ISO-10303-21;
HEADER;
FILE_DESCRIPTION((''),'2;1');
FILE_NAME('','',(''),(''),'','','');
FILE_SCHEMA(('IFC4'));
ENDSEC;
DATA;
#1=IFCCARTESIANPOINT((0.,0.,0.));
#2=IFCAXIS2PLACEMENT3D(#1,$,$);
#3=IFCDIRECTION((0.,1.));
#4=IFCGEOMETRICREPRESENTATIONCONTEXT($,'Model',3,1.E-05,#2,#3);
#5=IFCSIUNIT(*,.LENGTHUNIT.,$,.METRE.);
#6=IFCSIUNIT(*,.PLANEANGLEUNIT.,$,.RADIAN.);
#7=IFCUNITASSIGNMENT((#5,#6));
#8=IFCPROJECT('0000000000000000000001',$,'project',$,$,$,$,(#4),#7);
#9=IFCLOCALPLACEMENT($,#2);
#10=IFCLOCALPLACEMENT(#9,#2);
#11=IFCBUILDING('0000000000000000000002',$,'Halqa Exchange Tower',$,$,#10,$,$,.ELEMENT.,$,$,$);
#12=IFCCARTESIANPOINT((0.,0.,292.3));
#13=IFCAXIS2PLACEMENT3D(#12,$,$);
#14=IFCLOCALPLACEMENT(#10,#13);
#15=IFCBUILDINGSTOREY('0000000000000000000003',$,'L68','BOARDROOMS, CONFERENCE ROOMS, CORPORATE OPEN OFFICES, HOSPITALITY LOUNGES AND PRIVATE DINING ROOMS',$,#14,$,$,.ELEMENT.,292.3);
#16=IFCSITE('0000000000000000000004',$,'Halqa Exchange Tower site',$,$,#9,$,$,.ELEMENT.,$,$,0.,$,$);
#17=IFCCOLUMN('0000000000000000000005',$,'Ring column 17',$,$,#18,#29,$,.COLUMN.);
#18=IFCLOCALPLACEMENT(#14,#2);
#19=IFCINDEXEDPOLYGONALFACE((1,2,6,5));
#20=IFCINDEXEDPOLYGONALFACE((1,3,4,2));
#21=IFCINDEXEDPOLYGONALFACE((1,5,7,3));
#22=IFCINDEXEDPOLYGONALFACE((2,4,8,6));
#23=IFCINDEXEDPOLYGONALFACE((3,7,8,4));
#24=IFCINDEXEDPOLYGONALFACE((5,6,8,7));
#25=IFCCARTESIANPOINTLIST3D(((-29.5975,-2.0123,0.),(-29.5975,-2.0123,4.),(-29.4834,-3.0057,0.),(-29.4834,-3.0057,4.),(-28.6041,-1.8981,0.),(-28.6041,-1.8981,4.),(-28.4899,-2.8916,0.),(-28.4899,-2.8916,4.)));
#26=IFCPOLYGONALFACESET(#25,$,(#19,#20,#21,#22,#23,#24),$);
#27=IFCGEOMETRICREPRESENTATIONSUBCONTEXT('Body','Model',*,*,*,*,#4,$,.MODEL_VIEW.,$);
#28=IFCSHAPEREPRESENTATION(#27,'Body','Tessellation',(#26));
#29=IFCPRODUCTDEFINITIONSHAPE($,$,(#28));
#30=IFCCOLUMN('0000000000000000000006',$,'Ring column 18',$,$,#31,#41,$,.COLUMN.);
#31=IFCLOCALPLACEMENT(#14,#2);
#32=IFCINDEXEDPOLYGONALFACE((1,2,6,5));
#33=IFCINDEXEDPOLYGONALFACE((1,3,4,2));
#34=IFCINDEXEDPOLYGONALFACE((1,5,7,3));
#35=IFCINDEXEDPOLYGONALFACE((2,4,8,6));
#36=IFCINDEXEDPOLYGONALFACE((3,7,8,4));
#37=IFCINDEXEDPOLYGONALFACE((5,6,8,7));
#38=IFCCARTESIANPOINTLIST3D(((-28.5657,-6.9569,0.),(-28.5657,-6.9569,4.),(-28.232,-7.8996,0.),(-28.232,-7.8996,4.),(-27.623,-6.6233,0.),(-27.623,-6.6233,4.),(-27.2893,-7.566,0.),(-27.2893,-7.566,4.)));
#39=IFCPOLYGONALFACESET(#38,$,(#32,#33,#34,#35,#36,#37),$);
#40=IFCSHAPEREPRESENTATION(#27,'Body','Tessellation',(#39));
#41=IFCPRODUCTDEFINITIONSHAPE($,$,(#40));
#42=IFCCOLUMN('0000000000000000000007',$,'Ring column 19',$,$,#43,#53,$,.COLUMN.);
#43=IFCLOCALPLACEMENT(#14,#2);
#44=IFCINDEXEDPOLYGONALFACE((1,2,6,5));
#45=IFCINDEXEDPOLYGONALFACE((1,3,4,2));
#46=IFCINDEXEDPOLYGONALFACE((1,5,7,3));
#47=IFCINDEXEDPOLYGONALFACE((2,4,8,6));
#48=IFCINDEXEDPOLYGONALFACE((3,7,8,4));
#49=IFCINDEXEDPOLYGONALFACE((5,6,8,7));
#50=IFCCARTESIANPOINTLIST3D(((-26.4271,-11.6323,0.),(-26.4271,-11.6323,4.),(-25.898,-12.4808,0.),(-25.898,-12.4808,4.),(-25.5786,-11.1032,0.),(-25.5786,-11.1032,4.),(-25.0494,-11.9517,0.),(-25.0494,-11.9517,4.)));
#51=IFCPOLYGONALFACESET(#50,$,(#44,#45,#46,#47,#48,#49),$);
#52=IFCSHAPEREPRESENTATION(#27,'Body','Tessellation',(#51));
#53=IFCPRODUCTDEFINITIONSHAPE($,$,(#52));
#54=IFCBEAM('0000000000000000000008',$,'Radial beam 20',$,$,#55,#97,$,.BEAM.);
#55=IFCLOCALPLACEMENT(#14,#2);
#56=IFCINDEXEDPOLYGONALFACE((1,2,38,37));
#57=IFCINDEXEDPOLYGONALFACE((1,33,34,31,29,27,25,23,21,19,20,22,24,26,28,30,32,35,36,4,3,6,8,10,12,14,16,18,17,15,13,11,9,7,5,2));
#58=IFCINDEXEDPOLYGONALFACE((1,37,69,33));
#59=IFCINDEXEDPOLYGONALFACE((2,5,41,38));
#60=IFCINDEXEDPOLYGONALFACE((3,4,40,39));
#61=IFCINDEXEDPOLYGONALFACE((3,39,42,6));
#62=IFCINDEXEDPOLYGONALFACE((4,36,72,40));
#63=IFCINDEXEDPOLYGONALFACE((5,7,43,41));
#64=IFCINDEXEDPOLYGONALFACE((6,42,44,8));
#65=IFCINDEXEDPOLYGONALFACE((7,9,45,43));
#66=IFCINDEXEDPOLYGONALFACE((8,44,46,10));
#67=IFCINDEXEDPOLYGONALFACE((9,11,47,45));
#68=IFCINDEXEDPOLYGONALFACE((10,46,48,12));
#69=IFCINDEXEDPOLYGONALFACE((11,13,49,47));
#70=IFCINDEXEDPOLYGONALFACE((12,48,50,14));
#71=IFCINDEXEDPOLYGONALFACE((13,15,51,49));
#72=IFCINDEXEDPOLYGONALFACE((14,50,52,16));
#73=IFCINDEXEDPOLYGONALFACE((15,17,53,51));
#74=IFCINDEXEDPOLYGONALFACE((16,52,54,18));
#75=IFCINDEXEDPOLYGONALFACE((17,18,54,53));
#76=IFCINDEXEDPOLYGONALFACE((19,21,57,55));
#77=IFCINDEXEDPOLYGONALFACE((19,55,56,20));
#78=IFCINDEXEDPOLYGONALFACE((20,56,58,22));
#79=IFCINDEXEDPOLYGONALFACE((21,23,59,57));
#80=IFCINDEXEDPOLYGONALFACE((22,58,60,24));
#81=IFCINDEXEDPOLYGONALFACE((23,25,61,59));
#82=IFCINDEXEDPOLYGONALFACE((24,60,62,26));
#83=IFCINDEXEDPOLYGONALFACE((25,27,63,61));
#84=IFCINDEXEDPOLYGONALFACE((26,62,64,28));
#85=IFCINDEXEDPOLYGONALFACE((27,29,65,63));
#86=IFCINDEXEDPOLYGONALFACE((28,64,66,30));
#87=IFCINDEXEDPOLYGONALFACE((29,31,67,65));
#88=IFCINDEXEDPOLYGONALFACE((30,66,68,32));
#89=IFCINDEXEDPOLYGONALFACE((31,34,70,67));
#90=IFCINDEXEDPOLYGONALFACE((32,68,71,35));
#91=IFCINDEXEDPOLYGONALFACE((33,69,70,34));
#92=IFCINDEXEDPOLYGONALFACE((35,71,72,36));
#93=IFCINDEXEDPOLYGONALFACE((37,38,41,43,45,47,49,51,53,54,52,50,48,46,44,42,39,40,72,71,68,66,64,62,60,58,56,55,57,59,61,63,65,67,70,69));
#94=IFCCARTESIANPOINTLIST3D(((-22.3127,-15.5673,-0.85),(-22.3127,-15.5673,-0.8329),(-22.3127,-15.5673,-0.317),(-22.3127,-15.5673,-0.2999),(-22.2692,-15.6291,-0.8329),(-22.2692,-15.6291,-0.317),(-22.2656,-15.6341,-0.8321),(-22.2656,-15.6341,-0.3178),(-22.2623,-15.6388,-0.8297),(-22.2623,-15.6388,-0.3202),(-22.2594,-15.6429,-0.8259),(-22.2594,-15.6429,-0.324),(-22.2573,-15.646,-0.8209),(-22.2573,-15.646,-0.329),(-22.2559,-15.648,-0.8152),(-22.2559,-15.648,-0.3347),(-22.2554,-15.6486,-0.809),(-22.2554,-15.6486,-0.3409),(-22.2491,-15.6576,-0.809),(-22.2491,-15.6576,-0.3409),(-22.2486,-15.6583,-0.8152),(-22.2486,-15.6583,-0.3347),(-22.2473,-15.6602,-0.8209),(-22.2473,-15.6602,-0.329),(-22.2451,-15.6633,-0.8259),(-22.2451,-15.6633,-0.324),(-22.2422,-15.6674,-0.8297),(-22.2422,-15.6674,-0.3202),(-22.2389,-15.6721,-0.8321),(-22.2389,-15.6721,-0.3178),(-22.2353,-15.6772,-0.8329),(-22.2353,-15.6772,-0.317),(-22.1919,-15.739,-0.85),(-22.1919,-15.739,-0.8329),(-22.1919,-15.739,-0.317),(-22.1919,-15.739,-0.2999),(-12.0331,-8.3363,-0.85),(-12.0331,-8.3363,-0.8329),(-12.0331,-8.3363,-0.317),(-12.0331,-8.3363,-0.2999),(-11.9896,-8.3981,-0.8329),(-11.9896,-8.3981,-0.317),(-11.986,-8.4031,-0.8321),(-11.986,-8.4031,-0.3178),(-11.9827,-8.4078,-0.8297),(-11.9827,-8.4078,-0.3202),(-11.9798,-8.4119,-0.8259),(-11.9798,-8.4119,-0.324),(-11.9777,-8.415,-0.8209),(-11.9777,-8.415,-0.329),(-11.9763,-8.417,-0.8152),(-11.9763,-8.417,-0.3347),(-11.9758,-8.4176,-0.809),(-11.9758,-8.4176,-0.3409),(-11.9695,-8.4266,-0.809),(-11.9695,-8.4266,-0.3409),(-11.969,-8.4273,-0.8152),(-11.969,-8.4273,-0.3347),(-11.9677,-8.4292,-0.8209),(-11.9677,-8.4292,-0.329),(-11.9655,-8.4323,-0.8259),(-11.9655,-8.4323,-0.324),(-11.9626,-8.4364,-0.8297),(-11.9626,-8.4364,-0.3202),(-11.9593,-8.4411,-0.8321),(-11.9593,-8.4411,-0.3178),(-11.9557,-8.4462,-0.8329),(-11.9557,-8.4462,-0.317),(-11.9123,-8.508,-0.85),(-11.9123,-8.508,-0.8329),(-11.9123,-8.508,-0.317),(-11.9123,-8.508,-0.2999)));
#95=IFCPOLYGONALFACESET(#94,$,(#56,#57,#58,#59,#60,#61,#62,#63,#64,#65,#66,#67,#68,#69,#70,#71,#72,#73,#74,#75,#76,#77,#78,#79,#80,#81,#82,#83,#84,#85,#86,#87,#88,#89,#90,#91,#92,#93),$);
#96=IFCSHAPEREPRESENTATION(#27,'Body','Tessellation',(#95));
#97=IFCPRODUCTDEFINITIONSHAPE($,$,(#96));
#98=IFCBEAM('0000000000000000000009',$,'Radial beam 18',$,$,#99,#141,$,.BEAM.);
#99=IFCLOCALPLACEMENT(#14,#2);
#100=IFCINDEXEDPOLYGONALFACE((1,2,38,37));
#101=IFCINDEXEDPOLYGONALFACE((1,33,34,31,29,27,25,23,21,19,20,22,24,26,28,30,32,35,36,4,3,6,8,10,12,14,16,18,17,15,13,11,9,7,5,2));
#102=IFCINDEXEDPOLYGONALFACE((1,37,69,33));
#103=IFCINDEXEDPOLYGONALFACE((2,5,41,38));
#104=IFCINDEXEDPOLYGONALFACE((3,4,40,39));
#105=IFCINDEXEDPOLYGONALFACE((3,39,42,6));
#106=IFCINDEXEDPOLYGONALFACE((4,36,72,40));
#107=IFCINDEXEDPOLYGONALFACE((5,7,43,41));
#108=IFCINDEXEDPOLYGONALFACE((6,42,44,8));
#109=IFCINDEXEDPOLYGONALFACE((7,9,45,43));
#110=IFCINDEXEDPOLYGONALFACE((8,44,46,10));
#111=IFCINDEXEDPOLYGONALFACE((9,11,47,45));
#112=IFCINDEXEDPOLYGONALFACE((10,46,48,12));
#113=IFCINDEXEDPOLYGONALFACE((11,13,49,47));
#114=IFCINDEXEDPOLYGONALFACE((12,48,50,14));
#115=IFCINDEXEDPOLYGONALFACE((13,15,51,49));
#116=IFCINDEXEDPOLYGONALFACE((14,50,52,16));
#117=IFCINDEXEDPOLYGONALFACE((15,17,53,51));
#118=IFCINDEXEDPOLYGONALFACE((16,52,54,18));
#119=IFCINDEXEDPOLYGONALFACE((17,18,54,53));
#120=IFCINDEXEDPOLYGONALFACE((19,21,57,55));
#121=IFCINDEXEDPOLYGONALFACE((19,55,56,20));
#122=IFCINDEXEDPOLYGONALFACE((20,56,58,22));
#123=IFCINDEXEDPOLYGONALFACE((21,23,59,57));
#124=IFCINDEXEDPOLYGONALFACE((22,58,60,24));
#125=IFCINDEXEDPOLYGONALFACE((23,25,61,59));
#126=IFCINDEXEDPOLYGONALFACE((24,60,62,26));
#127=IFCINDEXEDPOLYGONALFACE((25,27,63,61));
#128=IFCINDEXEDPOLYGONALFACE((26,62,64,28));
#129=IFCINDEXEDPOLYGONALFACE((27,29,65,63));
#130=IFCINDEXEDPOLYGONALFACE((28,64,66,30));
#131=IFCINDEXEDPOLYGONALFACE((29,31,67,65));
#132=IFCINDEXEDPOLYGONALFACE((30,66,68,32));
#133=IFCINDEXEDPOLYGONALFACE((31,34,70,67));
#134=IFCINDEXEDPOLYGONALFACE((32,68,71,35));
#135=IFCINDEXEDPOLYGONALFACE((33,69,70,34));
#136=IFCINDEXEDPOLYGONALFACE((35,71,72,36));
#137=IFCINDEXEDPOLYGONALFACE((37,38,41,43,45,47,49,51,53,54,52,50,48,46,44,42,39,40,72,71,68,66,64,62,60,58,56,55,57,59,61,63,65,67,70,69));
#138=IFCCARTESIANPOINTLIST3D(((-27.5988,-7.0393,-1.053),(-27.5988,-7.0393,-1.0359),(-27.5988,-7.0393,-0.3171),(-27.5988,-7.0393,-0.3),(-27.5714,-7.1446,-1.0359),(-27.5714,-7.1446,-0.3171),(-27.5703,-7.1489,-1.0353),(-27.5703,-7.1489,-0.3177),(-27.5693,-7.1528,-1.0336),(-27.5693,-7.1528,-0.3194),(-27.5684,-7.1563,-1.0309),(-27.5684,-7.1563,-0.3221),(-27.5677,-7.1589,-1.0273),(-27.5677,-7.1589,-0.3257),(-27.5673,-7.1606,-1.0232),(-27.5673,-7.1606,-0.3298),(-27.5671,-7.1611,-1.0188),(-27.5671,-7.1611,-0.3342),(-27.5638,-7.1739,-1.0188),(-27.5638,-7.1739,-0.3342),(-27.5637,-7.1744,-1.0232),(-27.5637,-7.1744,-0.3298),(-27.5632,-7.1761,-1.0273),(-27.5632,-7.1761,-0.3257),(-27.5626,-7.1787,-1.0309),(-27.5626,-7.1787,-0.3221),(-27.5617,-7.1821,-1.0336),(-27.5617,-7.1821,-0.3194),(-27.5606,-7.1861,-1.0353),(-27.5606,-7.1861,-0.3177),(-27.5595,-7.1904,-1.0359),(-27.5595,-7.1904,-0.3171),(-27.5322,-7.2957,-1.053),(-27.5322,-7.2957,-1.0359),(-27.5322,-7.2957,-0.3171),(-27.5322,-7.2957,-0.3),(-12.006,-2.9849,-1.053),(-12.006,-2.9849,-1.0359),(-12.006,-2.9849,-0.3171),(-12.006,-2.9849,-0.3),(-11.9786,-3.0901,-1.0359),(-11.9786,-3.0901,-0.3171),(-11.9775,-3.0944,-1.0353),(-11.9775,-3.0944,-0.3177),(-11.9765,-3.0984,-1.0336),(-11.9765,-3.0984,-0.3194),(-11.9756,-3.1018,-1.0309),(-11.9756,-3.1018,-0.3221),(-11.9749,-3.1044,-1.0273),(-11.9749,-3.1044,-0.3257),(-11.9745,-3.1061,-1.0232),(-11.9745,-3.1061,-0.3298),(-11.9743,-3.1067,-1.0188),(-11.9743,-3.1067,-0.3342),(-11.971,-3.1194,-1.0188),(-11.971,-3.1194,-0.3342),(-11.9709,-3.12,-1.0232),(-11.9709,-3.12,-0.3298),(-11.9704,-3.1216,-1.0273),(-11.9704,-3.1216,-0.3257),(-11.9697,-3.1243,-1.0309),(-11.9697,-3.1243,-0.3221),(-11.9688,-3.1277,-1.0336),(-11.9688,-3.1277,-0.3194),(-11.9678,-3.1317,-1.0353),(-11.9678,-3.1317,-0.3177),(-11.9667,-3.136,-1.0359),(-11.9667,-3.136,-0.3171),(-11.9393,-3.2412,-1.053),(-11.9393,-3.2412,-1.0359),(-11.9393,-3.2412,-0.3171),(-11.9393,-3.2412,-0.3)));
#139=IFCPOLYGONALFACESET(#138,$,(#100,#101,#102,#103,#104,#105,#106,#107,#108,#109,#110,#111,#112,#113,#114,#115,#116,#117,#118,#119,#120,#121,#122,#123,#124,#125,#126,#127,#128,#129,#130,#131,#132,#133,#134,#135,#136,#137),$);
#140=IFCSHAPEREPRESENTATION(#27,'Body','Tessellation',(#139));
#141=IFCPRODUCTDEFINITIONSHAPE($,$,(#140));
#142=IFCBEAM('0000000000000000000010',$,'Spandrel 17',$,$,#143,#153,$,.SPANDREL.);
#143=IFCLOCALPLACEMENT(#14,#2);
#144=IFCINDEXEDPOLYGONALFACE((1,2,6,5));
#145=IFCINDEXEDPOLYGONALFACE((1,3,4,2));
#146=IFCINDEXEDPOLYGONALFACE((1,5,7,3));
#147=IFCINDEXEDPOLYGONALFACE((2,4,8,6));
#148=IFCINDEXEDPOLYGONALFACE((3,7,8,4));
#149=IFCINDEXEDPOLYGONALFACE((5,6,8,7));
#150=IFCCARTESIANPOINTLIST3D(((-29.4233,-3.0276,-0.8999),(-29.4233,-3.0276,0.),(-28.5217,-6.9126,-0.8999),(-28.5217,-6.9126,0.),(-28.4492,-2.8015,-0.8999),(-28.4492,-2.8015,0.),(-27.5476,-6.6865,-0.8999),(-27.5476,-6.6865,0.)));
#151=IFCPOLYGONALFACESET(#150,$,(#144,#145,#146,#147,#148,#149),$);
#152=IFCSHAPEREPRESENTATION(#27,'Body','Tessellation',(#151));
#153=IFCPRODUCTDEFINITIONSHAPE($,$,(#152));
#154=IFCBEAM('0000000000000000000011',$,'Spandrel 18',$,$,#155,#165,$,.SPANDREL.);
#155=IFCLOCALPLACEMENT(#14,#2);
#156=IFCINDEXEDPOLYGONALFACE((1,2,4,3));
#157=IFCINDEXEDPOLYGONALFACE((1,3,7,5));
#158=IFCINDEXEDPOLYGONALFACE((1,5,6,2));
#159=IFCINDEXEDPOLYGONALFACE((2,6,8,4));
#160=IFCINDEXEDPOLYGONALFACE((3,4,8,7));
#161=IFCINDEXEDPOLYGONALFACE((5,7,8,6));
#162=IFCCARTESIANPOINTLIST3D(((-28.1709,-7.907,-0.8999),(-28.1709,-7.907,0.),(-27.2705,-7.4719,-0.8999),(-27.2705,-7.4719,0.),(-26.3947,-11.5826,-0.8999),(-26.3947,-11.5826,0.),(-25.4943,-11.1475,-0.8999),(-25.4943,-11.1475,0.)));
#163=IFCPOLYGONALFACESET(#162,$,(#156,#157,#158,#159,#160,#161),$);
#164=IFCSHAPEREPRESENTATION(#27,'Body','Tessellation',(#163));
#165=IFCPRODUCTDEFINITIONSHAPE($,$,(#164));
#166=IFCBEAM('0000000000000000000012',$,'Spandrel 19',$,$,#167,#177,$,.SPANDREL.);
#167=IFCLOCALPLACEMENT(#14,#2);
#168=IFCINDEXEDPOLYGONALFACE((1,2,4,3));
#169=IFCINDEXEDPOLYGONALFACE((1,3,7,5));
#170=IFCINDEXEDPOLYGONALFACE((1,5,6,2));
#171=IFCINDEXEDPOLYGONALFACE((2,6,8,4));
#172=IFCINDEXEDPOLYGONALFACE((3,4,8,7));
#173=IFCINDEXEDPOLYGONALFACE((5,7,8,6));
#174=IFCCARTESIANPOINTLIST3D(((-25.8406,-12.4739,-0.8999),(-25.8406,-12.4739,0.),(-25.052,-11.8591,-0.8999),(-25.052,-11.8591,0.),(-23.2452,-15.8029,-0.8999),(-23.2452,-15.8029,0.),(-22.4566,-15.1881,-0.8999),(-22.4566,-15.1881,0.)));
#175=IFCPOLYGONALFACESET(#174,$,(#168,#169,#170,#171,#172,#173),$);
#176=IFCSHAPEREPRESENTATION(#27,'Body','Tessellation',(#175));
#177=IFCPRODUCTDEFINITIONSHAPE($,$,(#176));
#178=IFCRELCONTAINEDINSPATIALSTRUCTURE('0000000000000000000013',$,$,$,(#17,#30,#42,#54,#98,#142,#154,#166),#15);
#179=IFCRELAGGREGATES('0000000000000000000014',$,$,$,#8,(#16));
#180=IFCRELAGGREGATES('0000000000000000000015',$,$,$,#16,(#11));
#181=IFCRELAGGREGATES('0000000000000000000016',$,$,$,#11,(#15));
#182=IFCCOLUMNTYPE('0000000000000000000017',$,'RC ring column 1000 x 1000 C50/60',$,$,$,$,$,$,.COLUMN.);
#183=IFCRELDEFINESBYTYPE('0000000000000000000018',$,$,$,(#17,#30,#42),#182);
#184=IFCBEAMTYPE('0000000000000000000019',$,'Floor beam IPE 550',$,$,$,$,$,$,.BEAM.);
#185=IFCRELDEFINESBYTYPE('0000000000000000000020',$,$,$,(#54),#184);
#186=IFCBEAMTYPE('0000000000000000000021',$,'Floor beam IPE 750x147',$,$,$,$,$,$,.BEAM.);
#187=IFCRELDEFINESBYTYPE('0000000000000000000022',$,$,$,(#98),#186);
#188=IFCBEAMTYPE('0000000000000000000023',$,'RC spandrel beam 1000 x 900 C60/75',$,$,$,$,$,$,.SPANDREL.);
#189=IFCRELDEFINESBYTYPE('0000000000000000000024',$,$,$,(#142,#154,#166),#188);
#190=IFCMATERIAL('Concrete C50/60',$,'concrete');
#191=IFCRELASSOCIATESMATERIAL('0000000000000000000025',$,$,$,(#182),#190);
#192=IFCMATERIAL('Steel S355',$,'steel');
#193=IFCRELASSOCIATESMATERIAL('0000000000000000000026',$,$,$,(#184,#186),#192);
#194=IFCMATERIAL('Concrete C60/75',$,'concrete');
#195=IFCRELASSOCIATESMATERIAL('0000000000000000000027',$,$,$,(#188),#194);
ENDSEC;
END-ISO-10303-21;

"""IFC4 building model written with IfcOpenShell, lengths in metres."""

from ifc_helpers import new_model, si_unit, direction, frame, origin, origin_2d, place, context, subcontext, project, spatial, rectangle, i_section, extrude, material, material_profile, profile_set, type_object, element, save


model = new_model("IFC4")

# Units and contexts
model_context = context("Model", 3, precision=1e-05, world=origin(), true_north=direction((0.0, 1.0)))
body_context = subcontext(model_context, "Body", "Model", "MODEL_VIEW")
ifc_project = project(units=[si_unit("LENGTHUNIT", "METRE"), si_unit("PLANEANGLEUNIT", "RADIAN")], contexts=[model_context])

# Site, building, storey
site_placement = place(None, origin())
site = spatial("IfcSite", under=ifc_project, at=site_placement, Name="Halqa Exchange Tower site", CompositionType="ELEMENT", RefElevation=0.0)
building_placement = place(site_placement, origin())
building = spatial("IfcBuilding", under=site, at=building_placement, Name="Halqa Exchange Tower", CompositionType="ELEMENT")
storey_placement = place(building_placement, frame((0.0, 0.0, 292.3)))
storey = spatial("IfcBuildingStorey", under=building, at=storey_placement, Name="L68", Description="BOARDROOMS, CONFERENCE ROOMS, CORPORATE OPEN OFFICES, HOSPITALITY LOUNGES AND PRIVATE DINING ROOMS", CompositionType="ELEMENT", Elevation=292.3)

# Columns
ifc_material_1 = material(Name="Concrete C50/60", Category="concrete")
ifc_material_profile_1 = material_profile(ifc_material_1, rectangle(XDim=1.0, YDim=1.0, at=origin_2d()), Name="1000 x 1000")
ifc_profile_set_1 = profile_set([ifc_material_profile_1], Name="Concrete C50/60")
column_type = type_object("IfcColumnType", Name="RC ring column 1000 x 1000 C50/60", PredefinedType="COLUMN", material=ifc_profile_set_1)
for number, where, z_axis, x_axis, name in (
    (1, (-29.0437, -2.4519, 0.0), (0.0, 0.0, 1.0), (0.114162, -0.993462, 0.0), "Ring column 17"),
    (2, (-27.9275, -7.2615, 0.0), (0.0, 0.0, 1.0), (0.333628, -0.942705, 0.0), "Ring column 18"),
    (3, (-25.7383, -11.792, 0.0), (0.0, 0.0, 1.0), (0.529142, -0.848533, 0.0), "Ring column 19"),
):
    element("IfcColumn", number, at=place(storey_placement, frame(where, z_axis=z_axis, x_axis=x_axis)), inside=storey, type_object=column_type, Name=name, PredefinedType="COLUMN", context=body_context, shape_type="SweptSolid", body=[
        extrude(rectangle(XDim=1.0, YDim=1.0, at=origin_2d()), origin(), (0.0, 0.0, 1.0), 4.0),
    ])

# Beams
ifc_material_2 = material(Name="Steel S355", Category="steel")
ifc_material_profile_2 = material_profile(ifc_material_2, i_section(OverallWidth=0.21, OverallDepth=0.55, WebThickness=0.011, FlangeThickness=0.0171, FilletRadius=0.0239, at=origin_2d()), Name="IPE 550")
ifc_profile_set_2 = profile_set([ifc_material_profile_2], Name="Steel S355")
beam_type_1 = type_object("IfcBeamType", Name="Floor beam IPE 550", PredefinedType="BEAM", material=ifc_profile_set_2)
beam_1_placement = place(storey_placement, frame((-11.9727, -8.4221, -0.575), z_axis=(-0.817911, -0.575345, 0.0), x_axis=(0.575345, -0.817911, 0.0)))
element("IfcBeam", 4, at=beam_1_placement, inside=storey, type_object=beam_type_1, Name="Radial beam 20", PredefinedType="BEAM", context=body_context, shape_type="SweptSolid", body=[
    extrude(i_section(OverallWidth=0.21, OverallDepth=0.55, WebThickness=0.011, FlangeThickness=0.0171, FilletRadius=0.0239, at=origin_2d()), origin(), (0.0, 0.0, 1.0), 12.5681),
])
ifc_material_profile_3 = material_profile(ifc_material_2, i_section(OverallWidth=0.2649, OverallDepth=0.7529, WebThickness=0.0132, FlangeThickness=0.0171, FilletRadius=0.0171, at=origin_2d()), Name="IPE 750x147")
ifc_profile_set_3 = profile_set([ifc_material_profile_3], Name="Steel S355")
beam_type_2 = type_object("IfcBeamType", Name="Floor beam IPE 750x147", PredefinedType="BEAM", material=ifc_profile_set_3)
beam_2_placement = place(storey_placement, frame((-11.9727, -3.113, -0.6765), z_axis=(-0.967818, -0.251653, 0.0), x_axis=(0.251653, -0.967818, 0.0)))
element("IfcBeam", 5, at=beam_2_placement, inside=storey, type_object=beam_type_2, Name="Radial beam 18", PredefinedType="BEAM", context=body_context, shape_type="SweptSolid", body=[
    extrude(i_section(OverallWidth=0.2649, OverallDepth=0.7529, WebThickness=0.0132, FlangeThickness=0.0171, FilletRadius=0.0171, at=origin_2d()), origin(), (0.0, 0.0, 1.0), 16.1113),
])
ifc_material_3 = material(Name="Concrete C60/75", Category="concrete")
ifc_material_profile_4 = material_profile(ifc_material_3, rectangle(XDim=1.0, YDim=0.8999, at=origin_2d()), Name="1000 x 900")
ifc_profile_set_4 = profile_set([ifc_material_profile_4], Name="Concrete C60/75")
beam_type_3 = type_object("IfcBeamType", Name="RC spandrel beam 1000 x 900 C60/75", PredefinedType="SPANDREL", material=ifc_profile_set_4)
beam_3_placement = place(storey_placement, frame((-28.9363, -2.9146, -0.45), z_axis=(0.226066, -0.974112, 0.0), x_axis=(0.974112, 0.226066, 0.0)))
element("IfcBeam", 6, at=beam_3_placement, inside=storey, type_object=beam_type_3, Name="Spandrel 17", PredefinedType="SPANDREL", context=body_context, shape_type="SweptSolid", body=[
    extrude(rectangle(XDim=1.0, YDim=0.8999, at=origin_2d()), origin(), (0.0, 0.0, 1.0), 3.9883),
])
beam_4_placement = place(storey_placement, frame((-27.7207, -7.6895, -0.45), z_axis=(0.435092, -0.900386, 0.0), x_axis=(0.900386, 0.435092, 0.0)))
element("IfcBeam", 7, at=beam_4_placement, inside=storey, type_object=beam_type_3, Name="Spandrel 18", PredefinedType="SPANDREL", context=body_context, shape_type="SweptSolid", body=[
    extrude(rectangle(XDim=1.0, YDim=0.8999, at=origin_2d()), origin(), (0.0, 0.0, 1.0), 4.0823),
])
beam_5_placement = place(storey_placement, frame((-25.4463, -12.1665, -0.45), z_axis=(0.614849, -0.788645, 0.0), x_axis=(0.788645, 0.614849, 0.0)))
element("IfcBeam", 8, at=beam_5_placement, inside=storey, type_object=beam_type_3, Name="Spandrel 19", PredefinedType="SPANDREL", context=body_context, shape_type="SweptSolid", body=[
    extrude(rectangle(XDim=1.0, YDim=0.8999, at=origin_2d()), origin(), (0.0, 0.0, 1.0), 4.2212),
])

save(model, "model.ifc")
